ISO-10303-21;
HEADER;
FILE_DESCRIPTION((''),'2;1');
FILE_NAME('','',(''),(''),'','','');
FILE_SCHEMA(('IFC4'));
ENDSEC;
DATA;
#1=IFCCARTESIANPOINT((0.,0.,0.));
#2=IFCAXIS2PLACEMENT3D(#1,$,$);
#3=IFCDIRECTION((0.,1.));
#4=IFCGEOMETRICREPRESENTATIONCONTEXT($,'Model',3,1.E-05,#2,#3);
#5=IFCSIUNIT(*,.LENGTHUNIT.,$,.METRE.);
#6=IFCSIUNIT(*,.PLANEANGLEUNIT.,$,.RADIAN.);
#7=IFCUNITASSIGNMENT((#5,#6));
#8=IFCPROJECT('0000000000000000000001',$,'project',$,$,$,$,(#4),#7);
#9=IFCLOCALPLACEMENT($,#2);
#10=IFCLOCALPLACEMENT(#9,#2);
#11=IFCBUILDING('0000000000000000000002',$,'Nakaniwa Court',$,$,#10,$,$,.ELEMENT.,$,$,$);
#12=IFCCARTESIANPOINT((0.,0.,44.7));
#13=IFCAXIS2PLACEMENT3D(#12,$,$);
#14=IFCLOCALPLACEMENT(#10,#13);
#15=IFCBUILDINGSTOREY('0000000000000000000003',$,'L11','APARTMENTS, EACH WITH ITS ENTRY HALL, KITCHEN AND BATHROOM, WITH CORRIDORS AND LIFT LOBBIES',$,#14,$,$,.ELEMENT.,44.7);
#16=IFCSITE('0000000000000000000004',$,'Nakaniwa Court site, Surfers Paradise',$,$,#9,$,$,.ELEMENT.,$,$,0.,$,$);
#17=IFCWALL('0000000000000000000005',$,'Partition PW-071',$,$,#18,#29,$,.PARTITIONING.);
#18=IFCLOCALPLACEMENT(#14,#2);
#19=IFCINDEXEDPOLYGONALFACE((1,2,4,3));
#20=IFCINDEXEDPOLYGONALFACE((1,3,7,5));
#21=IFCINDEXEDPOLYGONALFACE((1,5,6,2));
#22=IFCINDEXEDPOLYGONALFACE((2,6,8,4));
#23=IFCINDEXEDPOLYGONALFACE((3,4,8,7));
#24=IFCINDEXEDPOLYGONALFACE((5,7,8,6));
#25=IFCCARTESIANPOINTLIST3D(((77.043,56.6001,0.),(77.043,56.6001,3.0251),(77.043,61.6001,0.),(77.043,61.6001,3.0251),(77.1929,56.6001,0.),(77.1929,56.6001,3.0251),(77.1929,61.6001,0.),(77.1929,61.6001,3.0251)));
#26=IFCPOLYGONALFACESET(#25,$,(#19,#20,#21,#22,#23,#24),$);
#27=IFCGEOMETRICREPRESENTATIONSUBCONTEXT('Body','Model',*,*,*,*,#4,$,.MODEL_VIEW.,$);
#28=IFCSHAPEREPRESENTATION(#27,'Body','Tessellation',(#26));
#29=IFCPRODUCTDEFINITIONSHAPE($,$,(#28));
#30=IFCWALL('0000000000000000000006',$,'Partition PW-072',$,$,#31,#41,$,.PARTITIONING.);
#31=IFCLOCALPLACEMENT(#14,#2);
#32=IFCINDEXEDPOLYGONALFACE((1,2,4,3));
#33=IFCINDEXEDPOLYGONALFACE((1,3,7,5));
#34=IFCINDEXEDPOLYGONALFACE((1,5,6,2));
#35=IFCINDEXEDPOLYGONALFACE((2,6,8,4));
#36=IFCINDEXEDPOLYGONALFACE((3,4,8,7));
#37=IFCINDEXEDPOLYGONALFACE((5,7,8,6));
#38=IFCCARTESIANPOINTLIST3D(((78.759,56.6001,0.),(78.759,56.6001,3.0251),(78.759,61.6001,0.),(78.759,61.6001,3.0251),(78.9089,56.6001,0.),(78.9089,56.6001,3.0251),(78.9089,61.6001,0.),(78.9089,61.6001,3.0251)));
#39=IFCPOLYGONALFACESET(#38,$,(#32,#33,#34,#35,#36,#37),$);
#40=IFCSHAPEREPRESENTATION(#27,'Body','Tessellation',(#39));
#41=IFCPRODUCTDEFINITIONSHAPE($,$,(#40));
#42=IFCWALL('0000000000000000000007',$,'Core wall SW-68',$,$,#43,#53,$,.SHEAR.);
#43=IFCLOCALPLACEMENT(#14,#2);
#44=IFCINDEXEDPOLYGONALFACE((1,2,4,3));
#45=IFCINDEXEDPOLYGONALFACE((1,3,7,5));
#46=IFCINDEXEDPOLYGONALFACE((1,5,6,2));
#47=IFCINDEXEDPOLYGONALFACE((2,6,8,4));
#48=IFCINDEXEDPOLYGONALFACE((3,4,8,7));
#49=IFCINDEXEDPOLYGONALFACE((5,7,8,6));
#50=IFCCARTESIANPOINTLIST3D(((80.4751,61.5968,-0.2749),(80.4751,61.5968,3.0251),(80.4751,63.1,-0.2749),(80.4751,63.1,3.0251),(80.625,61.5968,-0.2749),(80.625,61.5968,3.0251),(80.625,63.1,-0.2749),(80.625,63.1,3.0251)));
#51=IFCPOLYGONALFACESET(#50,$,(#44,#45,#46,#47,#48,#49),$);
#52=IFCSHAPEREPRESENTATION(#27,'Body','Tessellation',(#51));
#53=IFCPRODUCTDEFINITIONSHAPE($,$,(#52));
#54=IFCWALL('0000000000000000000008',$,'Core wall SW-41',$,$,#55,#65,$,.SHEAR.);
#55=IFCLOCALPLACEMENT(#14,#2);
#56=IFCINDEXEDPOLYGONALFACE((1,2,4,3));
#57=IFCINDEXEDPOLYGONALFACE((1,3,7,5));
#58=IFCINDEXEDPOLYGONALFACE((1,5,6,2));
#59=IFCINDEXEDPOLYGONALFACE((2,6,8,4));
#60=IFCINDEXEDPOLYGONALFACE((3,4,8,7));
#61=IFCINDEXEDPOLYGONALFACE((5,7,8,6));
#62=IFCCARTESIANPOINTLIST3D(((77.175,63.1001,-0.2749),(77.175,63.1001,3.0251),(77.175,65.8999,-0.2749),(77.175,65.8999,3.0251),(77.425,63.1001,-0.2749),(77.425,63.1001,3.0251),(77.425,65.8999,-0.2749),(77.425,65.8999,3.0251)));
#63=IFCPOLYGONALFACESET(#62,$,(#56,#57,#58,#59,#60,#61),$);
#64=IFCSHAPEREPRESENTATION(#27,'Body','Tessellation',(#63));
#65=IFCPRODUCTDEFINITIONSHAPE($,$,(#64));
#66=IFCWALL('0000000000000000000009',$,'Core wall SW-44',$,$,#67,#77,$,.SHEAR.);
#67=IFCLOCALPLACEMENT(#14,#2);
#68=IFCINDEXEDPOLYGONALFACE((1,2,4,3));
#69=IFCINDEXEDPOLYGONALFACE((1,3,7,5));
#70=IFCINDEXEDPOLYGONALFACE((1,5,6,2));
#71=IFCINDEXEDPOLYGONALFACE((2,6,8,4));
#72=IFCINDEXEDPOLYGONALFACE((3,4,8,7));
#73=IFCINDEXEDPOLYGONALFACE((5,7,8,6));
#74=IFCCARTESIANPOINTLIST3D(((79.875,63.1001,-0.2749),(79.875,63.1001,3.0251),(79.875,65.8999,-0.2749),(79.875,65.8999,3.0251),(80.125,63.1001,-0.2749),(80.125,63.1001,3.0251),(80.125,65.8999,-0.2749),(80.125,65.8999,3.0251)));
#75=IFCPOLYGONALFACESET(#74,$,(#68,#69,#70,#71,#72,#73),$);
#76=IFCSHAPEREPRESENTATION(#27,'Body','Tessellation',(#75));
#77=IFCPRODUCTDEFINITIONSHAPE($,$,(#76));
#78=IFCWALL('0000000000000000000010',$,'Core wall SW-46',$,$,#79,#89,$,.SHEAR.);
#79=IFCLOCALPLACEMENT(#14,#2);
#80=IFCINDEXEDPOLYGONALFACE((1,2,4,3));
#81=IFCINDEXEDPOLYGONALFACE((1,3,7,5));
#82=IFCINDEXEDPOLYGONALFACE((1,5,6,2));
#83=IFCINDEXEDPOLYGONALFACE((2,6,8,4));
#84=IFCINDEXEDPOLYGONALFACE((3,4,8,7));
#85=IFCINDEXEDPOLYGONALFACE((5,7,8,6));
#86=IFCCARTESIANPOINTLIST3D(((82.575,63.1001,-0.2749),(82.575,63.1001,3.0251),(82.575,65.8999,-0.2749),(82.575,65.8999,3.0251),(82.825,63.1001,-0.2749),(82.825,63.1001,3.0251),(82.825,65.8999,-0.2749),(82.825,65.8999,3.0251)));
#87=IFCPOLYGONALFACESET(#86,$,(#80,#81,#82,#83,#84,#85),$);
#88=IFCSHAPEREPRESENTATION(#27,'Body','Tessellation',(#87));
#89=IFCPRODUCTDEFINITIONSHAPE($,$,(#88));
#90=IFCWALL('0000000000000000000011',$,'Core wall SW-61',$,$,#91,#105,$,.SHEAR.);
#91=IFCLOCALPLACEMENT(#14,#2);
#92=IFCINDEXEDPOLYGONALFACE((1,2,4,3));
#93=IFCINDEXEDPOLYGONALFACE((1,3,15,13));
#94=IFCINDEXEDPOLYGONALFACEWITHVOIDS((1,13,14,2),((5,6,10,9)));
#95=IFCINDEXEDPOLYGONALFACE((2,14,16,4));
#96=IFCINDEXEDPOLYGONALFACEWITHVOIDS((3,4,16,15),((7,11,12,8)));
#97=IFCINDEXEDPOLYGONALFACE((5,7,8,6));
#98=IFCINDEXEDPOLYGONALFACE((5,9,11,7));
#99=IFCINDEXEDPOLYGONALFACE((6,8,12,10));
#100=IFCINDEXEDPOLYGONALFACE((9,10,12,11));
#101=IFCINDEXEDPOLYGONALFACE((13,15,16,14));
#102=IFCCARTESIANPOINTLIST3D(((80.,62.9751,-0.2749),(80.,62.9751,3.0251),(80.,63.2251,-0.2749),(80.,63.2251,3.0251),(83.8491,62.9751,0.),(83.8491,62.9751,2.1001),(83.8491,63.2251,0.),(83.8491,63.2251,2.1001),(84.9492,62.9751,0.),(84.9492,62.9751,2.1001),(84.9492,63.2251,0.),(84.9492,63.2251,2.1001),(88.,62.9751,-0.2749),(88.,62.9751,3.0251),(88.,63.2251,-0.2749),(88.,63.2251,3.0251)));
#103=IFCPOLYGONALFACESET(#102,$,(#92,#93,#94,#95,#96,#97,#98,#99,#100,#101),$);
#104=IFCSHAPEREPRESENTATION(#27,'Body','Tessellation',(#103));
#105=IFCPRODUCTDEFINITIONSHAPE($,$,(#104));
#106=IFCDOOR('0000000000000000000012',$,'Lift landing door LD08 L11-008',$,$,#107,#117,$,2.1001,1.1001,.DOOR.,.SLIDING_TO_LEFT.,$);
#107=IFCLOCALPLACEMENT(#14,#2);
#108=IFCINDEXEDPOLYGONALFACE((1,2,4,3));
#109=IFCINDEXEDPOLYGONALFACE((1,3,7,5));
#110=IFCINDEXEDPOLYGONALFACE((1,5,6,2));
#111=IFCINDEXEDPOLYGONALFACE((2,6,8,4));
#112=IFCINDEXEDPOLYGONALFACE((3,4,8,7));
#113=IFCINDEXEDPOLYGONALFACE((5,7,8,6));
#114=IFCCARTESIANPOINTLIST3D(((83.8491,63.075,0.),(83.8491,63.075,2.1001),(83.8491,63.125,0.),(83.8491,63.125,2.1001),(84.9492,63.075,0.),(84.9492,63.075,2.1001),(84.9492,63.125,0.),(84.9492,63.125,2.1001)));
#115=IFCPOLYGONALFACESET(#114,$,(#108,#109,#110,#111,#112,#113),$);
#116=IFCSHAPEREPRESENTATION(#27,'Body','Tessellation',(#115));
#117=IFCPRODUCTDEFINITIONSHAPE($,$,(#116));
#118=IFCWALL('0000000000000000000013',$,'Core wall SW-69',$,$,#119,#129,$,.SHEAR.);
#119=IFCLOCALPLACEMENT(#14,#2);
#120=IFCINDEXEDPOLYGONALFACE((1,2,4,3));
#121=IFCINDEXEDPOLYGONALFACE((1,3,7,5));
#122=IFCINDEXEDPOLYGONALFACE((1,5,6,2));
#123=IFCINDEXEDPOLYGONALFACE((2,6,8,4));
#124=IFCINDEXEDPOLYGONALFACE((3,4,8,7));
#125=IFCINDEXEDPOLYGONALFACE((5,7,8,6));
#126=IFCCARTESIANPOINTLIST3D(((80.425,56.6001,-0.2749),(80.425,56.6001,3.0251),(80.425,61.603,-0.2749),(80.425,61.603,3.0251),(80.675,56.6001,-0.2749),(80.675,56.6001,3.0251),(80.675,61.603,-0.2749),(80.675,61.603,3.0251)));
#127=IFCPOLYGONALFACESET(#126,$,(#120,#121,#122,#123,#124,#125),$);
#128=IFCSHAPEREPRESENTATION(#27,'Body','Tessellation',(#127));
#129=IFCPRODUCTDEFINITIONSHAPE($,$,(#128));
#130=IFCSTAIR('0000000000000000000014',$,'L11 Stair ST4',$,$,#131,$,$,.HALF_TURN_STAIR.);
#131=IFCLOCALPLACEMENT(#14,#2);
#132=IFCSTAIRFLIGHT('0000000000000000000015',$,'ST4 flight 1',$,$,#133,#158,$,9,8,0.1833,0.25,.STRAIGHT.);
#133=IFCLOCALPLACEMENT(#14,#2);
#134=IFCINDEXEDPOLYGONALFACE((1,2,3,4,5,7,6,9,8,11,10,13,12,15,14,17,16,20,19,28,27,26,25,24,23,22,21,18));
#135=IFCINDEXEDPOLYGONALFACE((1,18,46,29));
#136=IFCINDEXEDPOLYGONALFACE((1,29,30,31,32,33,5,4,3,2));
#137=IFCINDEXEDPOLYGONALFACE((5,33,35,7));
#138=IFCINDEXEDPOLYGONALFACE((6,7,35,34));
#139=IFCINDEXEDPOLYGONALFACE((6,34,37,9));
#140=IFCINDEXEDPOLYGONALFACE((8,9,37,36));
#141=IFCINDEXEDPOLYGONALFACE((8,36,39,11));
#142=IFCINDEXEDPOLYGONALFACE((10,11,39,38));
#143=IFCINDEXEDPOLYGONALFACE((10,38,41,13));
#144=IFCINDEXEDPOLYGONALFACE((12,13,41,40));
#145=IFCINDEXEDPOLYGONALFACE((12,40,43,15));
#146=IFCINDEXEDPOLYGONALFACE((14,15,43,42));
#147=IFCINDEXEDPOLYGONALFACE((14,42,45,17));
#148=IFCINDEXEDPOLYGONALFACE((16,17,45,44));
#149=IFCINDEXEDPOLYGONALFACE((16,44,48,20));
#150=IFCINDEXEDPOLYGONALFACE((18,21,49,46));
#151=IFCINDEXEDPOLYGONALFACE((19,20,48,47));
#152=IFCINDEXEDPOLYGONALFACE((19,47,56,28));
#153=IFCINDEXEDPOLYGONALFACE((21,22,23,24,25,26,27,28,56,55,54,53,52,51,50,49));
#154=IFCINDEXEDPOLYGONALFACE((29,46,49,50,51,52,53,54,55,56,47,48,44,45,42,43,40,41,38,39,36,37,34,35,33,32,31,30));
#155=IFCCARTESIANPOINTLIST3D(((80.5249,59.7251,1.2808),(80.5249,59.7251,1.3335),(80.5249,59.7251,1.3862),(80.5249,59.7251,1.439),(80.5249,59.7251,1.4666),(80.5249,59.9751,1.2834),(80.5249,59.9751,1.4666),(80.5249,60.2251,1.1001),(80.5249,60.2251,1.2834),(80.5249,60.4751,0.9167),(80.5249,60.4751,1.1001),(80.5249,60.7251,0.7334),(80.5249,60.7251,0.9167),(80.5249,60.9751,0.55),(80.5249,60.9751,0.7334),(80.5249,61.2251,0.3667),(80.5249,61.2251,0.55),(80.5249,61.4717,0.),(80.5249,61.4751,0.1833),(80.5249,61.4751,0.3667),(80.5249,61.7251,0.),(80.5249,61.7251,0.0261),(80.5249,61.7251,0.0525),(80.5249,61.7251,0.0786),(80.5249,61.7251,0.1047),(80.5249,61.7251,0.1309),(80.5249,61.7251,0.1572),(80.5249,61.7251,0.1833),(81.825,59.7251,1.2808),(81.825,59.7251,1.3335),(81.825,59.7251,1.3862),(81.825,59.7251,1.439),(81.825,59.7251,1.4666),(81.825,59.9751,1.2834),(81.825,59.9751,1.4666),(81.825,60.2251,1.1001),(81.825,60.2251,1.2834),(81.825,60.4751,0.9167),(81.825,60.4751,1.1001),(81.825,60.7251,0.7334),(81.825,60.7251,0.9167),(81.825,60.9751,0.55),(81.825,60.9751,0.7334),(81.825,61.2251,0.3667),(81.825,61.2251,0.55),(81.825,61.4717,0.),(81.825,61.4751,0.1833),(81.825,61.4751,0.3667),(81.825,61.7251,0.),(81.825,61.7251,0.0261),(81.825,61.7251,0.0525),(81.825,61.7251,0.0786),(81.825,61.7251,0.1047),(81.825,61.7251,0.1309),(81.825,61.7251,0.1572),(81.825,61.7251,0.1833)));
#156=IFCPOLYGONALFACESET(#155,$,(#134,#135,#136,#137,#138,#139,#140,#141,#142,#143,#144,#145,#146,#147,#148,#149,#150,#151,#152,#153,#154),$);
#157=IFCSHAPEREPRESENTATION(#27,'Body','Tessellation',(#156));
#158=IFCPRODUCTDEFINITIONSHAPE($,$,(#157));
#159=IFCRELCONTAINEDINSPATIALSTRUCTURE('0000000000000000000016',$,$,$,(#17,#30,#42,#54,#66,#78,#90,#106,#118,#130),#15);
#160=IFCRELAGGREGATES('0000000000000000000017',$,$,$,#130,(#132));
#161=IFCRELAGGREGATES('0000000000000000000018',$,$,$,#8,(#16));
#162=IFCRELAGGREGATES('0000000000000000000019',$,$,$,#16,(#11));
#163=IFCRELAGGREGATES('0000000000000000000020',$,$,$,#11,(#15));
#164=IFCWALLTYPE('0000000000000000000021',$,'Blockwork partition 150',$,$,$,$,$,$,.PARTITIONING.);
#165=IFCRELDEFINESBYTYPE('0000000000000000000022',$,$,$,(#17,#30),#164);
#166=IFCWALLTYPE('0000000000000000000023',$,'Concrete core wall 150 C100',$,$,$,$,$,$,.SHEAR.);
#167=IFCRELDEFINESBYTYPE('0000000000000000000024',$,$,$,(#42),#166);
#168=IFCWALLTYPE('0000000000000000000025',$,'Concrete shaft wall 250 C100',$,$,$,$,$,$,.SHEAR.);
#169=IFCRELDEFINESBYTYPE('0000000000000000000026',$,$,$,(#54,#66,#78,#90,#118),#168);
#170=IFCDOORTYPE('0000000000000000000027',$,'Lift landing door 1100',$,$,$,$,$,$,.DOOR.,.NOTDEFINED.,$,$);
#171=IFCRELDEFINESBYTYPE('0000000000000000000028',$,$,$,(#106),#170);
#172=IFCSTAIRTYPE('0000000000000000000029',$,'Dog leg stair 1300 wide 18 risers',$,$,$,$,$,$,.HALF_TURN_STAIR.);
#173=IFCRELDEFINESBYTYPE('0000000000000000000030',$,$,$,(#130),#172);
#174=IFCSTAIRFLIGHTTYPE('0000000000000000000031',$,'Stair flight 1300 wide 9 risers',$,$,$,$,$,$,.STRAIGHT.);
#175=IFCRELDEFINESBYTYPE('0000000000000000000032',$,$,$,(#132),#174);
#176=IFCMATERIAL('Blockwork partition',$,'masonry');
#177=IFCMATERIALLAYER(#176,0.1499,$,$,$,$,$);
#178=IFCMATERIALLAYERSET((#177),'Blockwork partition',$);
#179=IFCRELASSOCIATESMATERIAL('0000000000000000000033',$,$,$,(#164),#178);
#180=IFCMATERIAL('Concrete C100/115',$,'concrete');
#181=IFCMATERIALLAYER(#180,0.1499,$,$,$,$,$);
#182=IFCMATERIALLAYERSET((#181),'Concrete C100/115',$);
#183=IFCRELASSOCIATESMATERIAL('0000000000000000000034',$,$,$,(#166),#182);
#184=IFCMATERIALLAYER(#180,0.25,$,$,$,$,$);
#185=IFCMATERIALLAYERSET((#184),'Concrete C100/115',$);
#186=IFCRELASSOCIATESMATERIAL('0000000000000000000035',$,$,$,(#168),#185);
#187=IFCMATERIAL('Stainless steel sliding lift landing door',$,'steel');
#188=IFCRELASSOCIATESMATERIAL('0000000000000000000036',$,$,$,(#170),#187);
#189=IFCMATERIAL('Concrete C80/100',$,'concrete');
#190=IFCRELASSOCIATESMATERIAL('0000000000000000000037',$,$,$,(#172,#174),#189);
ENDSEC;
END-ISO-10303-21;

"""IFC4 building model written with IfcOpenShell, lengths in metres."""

from ifc_helpers import new_model, si_unit, direction, frame, frame_2d, origin, place, context, subcontext, project, spatial, polyline, rectangle, outline, extrude, material, layer, layer_set, type_object, element, fill, aggregate, save


model = new_model("IFC4")

# Units and contexts
model_context = context("Model", 3, precision=1e-05, world=origin(), true_north=direction((0.0, 1.0)))
body_context = subcontext(model_context, "Body", "Model", "MODEL_VIEW")
ifc_project = project(units=[si_unit("LENGTHUNIT", "METRE"), si_unit("PLANEANGLEUNIT", "RADIAN")], contexts=[model_context])

# Site, building, storey
site_placement = place(None, origin())
site = spatial("IfcSite", under=ifc_project, at=site_placement, Name="Nakaniwa Court site, Surfers Paradise", CompositionType="ELEMENT", RefElevation=0.0)
building_placement = place(site_placement, origin())
building = spatial("IfcBuilding", under=site, at=building_placement, Name="Nakaniwa Court", CompositionType="ELEMENT")
storey_placement = place(building_placement, frame((0.0, 0.0, 44.7)))
storey = spatial("IfcBuildingStorey", under=building, at=storey_placement, Name="L11", Description="APARTMENTS, EACH WITH ITS ENTRY HALL, KITCHEN AND BATHROOM, WITH CORRIDORS AND LIFT LOBBIES", CompositionType="ELEMENT", Elevation=44.7)

# Shared definitions
ifc_material_1 = material(Name="Concrete C80/100", Category="concrete")

# Shared definitions
ifc_material_2 = material(Name="Blockwork partition", Category="masonry")
ifc_layer_1 = layer(ifc_material_2, 0.1499)
ifc_layer_set_1 = layer_set([ifc_layer_1], Name="Blockwork partition")
wall_type_1 = type_object("IfcWallType", Name="Blockwork partition 150", PredefinedType="PARTITIONING", material=ifc_layer_set_1)

# Walls
for number, where, z_axis, x_axis, name in (
    (1, (77.1179, 56.6001, 0.0), (0.0, 0.0, 1.0), (0.0, 1.0, 0.0), "Partition PW-071"),
    (2, (78.834, 56.6001, 0.0), (0.0, 0.0, 1.0), (0.0, 1.0, 0.0), "Partition PW-072"),
):
    element("IfcWall", number, at=place(storey_placement, frame(where, z_axis=z_axis, x_axis=x_axis)), inside=storey, type_object=wall_type_1, Name=name, PredefinedType="PARTITIONING", context=body_context, shape_type="SweptSolid", body=[
        extrude(rectangle(XDim=5.0, YDim=0.1499, at=frame_2d((2.5, 0.0))), origin(), (0.0, 0.0, 1.0), 3.0251),
    ])
ifc_material_3 = material(Name="Concrete C100/115", Category="concrete")
ifc_layer_2 = layer(ifc_material_3, 0.1499)
ifc_layer_set_2 = layer_set([ifc_layer_2], Name="Concrete C100/115")
wall_type_2 = type_object("IfcWallType", Name="Concrete core wall 150 C100", PredefinedType="SHEAR", material=ifc_layer_set_2)
wall_1_placement = place(storey_placement, frame((80.55, 61.5969, -0.2749), z_axis=(0.0, 0.0, 1.0), x_axis=(0.0, 1.0, 0.0)))
element("IfcWall", 3, at=wall_1_placement, inside=storey, type_object=wall_type_2, Name="Core wall SW-68", PredefinedType="SHEAR", context=body_context, shape_type="SweptSolid", body=[
    extrude(rectangle(XDim=1.5032, YDim=0.1499, at=frame_2d((0.7515, 0.0))), origin(), (0.0, 0.0, 1.0), 3.3),
])
ifc_layer_3 = layer(ifc_material_3, 0.25)
ifc_layer_set_3 = layer_set([ifc_layer_3], Name="Concrete C100/115")
wall_type_3 = type_object("IfcWallType", Name="Concrete shaft wall 250 C100", PredefinedType="SHEAR", material=ifc_layer_set_3)
for number, where, z_axis, x_axis, name in (
    (4, (77.3, 63.1001, -0.2749), (0.0, 0.0, 1.0), (0.0, 1.0, 0.0), "Core wall SW-41"),
    (5, (80.0, 63.1001, -0.2749), (0.0, 0.0, 1.0), (0.0, 1.0, 0.0), "Core wall SW-44"),
    (6, (82.7, 63.1001, -0.2749), (0.0, 0.0, 1.0), (0.0, 1.0, 0.0), "Core wall SW-46"),
):
    element("IfcWall", number, at=place(storey_placement, frame(where, z_axis=z_axis, x_axis=x_axis)), inside=storey, type_object=wall_type_3, Name=name, PredefinedType="SHEAR", context=body_context, shape_type="SweptSolid", body=[
        extrude(rectangle(XDim=2.7998, YDim=0.25, at=frame_2d((1.3999, 0.0))), origin(), (0.0, 0.0, 1.0), 3.3),
    ])

# Wall, opening, door
wall_2_placement = place(storey_placement, frame((80.0, 63.1001, -0.2749), z_axis=(0.0, 0.0, 1.0), x_axis=(1.0, 0.0, 0.0)))
wall_2 = element("IfcWall", 7, at=wall_2_placement, inside=storey, type_object=wall_type_3, Name="Core wall SW-61", PredefinedType="SHEAR", context=body_context, shape_type="SweptSolid", body=[
    extrude(rectangle(XDim=8.0, YDim=0.25, at=frame_2d((4.0, 0.0))), origin(), (0.0, 0.0, 1.0), 3.3),
])
opening_1_placement = place(wall_2_placement, frame((3.8491, 0.0, 0.2749)))
opening_1 = element("IfcOpeningElement", 8, at=opening_1_placement, cuts=wall_2, PredefinedType="OPENING", context=body_context, shape_type="SweptSolid", body=[
    extrude(rectangle(XDim=1.1001, YDim=2.1001, at=frame_2d((0.55, 1.05))), frame((0.0, 0.135, 0.0), z_axis=(0.0, -1.0, 0.0), x_axis=(1.0, 0.0, 0.0)), (0.0, 0.0, 1.0), 0.27),
])
ifc_material_4 = material(Name="Stainless steel sliding lift landing door", Category="steel")
door_type_1 = type_object("IfcDoorType", Name="Lift landing door 1100", OperationType="NOTDEFINED", PredefinedType="DOOR", material=ifc_material_4)
door_1_placement = place(opening_1_placement, origin())
door_1 = element("IfcDoor", 9, at=door_1_placement, inside=storey, type_object=door_type_1, Name="Lift landing door LD08 L11-008", OperationType="SLIDING_TO_LEFT", OverallHeight=2.1001, OverallWidth=1.1001, PredefinedType="DOOR", context=body_context, shape_type="SweptSolid", body=[
    extrude(rectangle(XDim=1.1001, YDim=2.1001, at=frame_2d((0.55, 1.05))), frame((0.0, 0.0249, 0.0), z_axis=(0.0, -1.0, 0.0), x_axis=(1.0, 0.0, 0.0)), (0.0, 0.0, 1.0), 0.05),
])
fill(opening_1, door_1)

# Wall
wall_3_placement = place(storey_placement, frame((80.55, 56.6001, -0.2749), z_axis=(0.0, 0.0, 1.0), x_axis=(0.0, 1.0, 0.0)))
element("IfcWall", 10, at=wall_3_placement, inside=storey, type_object=wall_type_3, Name="Core wall SW-69", PredefinedType="SHEAR", context=body_context, shape_type="SweptSolid", body=[
    extrude(rectangle(XDim=5.0029, YDim=0.25, at=frame_2d((2.5015, 0.0))), origin(), (0.0, 0.0, 1.0), 3.3),
])

# Stair, stair flight
stair_type = type_object("IfcStairType", Name="Dog leg stair 1300 wide 18 risers", PredefinedType="HALF_TURN_STAIR", material=ifc_material_1)
stair_placement = place(storey_placement, origin())
stair = element("IfcStair", 11, at=stair_placement, inside=storey, type_object=stair_type, Name="L11 Stair ST4", PredefinedType="HALF_TURN_STAIR")
stair_flight_type = type_object("IfcStairFlightType", Name="Stair flight 1300 wide 9 risers", PredefinedType="STRAIGHT", material=ifc_material_1)
stair_flight_1_placement = place(storey_placement, frame((81.175, 61.7251, 0.0), z_axis=(0.0, 0.0, 1.0), x_axis=(0.0, -1.0, 0.0)))
stair_flight_1 = element("IfcStairFlight", 12, at=stair_flight_1_placement, type_object=stair_flight_type, Name="ST4 flight 1", NumberOfRisers=9, NumberOfTreads=8, PredefinedType="STRAIGHT", RiserHeight=0.1833, TreadLength=0.25, context=body_context, shape_type="SweptSolid", body=[
    extrude(outline(polyline([(0.0, 0.0), (0.0, 0.0261), (0.0, 0.0525), (0.0, 0.0786), (0.0, 0.1047), (0.0, 0.1309), (0.0, 0.1572), (0.0, 0.1833), (0.25, 0.1833), (0.25, 0.3667), (0.5, 0.3667), (0.5, 0.55), (0.75, 0.55), (0.75, 0.7334), (1.0, 0.7334), (1.0, 0.9167), (1.25, 0.9167), (1.25, 1.1001), (1.5, 1.1001), (1.5, 1.2834), (1.75, 1.2834), (1.75, 1.4666), (2.0, 1.4666), (2.0, 1.6499), (2.0, 1.5972), (2.0, 1.5444), (2.0, 1.4917), (2.0, 1.439), (2.0, 1.3862), (2.0, 1.3335), (2.0, 1.2808), (0.2534, 0.0), (0.0, 0.0)])), frame((0.0, 0.6499, 0.0), z_axis=(0.0, -1.0, 0.0), x_axis=(1.0, 0.0, 0.0)), (0.0, 0.0, 1.0), 1.3),
])
aggregate(stair, [stair_flight_1])

save(model, "model.ifc")
